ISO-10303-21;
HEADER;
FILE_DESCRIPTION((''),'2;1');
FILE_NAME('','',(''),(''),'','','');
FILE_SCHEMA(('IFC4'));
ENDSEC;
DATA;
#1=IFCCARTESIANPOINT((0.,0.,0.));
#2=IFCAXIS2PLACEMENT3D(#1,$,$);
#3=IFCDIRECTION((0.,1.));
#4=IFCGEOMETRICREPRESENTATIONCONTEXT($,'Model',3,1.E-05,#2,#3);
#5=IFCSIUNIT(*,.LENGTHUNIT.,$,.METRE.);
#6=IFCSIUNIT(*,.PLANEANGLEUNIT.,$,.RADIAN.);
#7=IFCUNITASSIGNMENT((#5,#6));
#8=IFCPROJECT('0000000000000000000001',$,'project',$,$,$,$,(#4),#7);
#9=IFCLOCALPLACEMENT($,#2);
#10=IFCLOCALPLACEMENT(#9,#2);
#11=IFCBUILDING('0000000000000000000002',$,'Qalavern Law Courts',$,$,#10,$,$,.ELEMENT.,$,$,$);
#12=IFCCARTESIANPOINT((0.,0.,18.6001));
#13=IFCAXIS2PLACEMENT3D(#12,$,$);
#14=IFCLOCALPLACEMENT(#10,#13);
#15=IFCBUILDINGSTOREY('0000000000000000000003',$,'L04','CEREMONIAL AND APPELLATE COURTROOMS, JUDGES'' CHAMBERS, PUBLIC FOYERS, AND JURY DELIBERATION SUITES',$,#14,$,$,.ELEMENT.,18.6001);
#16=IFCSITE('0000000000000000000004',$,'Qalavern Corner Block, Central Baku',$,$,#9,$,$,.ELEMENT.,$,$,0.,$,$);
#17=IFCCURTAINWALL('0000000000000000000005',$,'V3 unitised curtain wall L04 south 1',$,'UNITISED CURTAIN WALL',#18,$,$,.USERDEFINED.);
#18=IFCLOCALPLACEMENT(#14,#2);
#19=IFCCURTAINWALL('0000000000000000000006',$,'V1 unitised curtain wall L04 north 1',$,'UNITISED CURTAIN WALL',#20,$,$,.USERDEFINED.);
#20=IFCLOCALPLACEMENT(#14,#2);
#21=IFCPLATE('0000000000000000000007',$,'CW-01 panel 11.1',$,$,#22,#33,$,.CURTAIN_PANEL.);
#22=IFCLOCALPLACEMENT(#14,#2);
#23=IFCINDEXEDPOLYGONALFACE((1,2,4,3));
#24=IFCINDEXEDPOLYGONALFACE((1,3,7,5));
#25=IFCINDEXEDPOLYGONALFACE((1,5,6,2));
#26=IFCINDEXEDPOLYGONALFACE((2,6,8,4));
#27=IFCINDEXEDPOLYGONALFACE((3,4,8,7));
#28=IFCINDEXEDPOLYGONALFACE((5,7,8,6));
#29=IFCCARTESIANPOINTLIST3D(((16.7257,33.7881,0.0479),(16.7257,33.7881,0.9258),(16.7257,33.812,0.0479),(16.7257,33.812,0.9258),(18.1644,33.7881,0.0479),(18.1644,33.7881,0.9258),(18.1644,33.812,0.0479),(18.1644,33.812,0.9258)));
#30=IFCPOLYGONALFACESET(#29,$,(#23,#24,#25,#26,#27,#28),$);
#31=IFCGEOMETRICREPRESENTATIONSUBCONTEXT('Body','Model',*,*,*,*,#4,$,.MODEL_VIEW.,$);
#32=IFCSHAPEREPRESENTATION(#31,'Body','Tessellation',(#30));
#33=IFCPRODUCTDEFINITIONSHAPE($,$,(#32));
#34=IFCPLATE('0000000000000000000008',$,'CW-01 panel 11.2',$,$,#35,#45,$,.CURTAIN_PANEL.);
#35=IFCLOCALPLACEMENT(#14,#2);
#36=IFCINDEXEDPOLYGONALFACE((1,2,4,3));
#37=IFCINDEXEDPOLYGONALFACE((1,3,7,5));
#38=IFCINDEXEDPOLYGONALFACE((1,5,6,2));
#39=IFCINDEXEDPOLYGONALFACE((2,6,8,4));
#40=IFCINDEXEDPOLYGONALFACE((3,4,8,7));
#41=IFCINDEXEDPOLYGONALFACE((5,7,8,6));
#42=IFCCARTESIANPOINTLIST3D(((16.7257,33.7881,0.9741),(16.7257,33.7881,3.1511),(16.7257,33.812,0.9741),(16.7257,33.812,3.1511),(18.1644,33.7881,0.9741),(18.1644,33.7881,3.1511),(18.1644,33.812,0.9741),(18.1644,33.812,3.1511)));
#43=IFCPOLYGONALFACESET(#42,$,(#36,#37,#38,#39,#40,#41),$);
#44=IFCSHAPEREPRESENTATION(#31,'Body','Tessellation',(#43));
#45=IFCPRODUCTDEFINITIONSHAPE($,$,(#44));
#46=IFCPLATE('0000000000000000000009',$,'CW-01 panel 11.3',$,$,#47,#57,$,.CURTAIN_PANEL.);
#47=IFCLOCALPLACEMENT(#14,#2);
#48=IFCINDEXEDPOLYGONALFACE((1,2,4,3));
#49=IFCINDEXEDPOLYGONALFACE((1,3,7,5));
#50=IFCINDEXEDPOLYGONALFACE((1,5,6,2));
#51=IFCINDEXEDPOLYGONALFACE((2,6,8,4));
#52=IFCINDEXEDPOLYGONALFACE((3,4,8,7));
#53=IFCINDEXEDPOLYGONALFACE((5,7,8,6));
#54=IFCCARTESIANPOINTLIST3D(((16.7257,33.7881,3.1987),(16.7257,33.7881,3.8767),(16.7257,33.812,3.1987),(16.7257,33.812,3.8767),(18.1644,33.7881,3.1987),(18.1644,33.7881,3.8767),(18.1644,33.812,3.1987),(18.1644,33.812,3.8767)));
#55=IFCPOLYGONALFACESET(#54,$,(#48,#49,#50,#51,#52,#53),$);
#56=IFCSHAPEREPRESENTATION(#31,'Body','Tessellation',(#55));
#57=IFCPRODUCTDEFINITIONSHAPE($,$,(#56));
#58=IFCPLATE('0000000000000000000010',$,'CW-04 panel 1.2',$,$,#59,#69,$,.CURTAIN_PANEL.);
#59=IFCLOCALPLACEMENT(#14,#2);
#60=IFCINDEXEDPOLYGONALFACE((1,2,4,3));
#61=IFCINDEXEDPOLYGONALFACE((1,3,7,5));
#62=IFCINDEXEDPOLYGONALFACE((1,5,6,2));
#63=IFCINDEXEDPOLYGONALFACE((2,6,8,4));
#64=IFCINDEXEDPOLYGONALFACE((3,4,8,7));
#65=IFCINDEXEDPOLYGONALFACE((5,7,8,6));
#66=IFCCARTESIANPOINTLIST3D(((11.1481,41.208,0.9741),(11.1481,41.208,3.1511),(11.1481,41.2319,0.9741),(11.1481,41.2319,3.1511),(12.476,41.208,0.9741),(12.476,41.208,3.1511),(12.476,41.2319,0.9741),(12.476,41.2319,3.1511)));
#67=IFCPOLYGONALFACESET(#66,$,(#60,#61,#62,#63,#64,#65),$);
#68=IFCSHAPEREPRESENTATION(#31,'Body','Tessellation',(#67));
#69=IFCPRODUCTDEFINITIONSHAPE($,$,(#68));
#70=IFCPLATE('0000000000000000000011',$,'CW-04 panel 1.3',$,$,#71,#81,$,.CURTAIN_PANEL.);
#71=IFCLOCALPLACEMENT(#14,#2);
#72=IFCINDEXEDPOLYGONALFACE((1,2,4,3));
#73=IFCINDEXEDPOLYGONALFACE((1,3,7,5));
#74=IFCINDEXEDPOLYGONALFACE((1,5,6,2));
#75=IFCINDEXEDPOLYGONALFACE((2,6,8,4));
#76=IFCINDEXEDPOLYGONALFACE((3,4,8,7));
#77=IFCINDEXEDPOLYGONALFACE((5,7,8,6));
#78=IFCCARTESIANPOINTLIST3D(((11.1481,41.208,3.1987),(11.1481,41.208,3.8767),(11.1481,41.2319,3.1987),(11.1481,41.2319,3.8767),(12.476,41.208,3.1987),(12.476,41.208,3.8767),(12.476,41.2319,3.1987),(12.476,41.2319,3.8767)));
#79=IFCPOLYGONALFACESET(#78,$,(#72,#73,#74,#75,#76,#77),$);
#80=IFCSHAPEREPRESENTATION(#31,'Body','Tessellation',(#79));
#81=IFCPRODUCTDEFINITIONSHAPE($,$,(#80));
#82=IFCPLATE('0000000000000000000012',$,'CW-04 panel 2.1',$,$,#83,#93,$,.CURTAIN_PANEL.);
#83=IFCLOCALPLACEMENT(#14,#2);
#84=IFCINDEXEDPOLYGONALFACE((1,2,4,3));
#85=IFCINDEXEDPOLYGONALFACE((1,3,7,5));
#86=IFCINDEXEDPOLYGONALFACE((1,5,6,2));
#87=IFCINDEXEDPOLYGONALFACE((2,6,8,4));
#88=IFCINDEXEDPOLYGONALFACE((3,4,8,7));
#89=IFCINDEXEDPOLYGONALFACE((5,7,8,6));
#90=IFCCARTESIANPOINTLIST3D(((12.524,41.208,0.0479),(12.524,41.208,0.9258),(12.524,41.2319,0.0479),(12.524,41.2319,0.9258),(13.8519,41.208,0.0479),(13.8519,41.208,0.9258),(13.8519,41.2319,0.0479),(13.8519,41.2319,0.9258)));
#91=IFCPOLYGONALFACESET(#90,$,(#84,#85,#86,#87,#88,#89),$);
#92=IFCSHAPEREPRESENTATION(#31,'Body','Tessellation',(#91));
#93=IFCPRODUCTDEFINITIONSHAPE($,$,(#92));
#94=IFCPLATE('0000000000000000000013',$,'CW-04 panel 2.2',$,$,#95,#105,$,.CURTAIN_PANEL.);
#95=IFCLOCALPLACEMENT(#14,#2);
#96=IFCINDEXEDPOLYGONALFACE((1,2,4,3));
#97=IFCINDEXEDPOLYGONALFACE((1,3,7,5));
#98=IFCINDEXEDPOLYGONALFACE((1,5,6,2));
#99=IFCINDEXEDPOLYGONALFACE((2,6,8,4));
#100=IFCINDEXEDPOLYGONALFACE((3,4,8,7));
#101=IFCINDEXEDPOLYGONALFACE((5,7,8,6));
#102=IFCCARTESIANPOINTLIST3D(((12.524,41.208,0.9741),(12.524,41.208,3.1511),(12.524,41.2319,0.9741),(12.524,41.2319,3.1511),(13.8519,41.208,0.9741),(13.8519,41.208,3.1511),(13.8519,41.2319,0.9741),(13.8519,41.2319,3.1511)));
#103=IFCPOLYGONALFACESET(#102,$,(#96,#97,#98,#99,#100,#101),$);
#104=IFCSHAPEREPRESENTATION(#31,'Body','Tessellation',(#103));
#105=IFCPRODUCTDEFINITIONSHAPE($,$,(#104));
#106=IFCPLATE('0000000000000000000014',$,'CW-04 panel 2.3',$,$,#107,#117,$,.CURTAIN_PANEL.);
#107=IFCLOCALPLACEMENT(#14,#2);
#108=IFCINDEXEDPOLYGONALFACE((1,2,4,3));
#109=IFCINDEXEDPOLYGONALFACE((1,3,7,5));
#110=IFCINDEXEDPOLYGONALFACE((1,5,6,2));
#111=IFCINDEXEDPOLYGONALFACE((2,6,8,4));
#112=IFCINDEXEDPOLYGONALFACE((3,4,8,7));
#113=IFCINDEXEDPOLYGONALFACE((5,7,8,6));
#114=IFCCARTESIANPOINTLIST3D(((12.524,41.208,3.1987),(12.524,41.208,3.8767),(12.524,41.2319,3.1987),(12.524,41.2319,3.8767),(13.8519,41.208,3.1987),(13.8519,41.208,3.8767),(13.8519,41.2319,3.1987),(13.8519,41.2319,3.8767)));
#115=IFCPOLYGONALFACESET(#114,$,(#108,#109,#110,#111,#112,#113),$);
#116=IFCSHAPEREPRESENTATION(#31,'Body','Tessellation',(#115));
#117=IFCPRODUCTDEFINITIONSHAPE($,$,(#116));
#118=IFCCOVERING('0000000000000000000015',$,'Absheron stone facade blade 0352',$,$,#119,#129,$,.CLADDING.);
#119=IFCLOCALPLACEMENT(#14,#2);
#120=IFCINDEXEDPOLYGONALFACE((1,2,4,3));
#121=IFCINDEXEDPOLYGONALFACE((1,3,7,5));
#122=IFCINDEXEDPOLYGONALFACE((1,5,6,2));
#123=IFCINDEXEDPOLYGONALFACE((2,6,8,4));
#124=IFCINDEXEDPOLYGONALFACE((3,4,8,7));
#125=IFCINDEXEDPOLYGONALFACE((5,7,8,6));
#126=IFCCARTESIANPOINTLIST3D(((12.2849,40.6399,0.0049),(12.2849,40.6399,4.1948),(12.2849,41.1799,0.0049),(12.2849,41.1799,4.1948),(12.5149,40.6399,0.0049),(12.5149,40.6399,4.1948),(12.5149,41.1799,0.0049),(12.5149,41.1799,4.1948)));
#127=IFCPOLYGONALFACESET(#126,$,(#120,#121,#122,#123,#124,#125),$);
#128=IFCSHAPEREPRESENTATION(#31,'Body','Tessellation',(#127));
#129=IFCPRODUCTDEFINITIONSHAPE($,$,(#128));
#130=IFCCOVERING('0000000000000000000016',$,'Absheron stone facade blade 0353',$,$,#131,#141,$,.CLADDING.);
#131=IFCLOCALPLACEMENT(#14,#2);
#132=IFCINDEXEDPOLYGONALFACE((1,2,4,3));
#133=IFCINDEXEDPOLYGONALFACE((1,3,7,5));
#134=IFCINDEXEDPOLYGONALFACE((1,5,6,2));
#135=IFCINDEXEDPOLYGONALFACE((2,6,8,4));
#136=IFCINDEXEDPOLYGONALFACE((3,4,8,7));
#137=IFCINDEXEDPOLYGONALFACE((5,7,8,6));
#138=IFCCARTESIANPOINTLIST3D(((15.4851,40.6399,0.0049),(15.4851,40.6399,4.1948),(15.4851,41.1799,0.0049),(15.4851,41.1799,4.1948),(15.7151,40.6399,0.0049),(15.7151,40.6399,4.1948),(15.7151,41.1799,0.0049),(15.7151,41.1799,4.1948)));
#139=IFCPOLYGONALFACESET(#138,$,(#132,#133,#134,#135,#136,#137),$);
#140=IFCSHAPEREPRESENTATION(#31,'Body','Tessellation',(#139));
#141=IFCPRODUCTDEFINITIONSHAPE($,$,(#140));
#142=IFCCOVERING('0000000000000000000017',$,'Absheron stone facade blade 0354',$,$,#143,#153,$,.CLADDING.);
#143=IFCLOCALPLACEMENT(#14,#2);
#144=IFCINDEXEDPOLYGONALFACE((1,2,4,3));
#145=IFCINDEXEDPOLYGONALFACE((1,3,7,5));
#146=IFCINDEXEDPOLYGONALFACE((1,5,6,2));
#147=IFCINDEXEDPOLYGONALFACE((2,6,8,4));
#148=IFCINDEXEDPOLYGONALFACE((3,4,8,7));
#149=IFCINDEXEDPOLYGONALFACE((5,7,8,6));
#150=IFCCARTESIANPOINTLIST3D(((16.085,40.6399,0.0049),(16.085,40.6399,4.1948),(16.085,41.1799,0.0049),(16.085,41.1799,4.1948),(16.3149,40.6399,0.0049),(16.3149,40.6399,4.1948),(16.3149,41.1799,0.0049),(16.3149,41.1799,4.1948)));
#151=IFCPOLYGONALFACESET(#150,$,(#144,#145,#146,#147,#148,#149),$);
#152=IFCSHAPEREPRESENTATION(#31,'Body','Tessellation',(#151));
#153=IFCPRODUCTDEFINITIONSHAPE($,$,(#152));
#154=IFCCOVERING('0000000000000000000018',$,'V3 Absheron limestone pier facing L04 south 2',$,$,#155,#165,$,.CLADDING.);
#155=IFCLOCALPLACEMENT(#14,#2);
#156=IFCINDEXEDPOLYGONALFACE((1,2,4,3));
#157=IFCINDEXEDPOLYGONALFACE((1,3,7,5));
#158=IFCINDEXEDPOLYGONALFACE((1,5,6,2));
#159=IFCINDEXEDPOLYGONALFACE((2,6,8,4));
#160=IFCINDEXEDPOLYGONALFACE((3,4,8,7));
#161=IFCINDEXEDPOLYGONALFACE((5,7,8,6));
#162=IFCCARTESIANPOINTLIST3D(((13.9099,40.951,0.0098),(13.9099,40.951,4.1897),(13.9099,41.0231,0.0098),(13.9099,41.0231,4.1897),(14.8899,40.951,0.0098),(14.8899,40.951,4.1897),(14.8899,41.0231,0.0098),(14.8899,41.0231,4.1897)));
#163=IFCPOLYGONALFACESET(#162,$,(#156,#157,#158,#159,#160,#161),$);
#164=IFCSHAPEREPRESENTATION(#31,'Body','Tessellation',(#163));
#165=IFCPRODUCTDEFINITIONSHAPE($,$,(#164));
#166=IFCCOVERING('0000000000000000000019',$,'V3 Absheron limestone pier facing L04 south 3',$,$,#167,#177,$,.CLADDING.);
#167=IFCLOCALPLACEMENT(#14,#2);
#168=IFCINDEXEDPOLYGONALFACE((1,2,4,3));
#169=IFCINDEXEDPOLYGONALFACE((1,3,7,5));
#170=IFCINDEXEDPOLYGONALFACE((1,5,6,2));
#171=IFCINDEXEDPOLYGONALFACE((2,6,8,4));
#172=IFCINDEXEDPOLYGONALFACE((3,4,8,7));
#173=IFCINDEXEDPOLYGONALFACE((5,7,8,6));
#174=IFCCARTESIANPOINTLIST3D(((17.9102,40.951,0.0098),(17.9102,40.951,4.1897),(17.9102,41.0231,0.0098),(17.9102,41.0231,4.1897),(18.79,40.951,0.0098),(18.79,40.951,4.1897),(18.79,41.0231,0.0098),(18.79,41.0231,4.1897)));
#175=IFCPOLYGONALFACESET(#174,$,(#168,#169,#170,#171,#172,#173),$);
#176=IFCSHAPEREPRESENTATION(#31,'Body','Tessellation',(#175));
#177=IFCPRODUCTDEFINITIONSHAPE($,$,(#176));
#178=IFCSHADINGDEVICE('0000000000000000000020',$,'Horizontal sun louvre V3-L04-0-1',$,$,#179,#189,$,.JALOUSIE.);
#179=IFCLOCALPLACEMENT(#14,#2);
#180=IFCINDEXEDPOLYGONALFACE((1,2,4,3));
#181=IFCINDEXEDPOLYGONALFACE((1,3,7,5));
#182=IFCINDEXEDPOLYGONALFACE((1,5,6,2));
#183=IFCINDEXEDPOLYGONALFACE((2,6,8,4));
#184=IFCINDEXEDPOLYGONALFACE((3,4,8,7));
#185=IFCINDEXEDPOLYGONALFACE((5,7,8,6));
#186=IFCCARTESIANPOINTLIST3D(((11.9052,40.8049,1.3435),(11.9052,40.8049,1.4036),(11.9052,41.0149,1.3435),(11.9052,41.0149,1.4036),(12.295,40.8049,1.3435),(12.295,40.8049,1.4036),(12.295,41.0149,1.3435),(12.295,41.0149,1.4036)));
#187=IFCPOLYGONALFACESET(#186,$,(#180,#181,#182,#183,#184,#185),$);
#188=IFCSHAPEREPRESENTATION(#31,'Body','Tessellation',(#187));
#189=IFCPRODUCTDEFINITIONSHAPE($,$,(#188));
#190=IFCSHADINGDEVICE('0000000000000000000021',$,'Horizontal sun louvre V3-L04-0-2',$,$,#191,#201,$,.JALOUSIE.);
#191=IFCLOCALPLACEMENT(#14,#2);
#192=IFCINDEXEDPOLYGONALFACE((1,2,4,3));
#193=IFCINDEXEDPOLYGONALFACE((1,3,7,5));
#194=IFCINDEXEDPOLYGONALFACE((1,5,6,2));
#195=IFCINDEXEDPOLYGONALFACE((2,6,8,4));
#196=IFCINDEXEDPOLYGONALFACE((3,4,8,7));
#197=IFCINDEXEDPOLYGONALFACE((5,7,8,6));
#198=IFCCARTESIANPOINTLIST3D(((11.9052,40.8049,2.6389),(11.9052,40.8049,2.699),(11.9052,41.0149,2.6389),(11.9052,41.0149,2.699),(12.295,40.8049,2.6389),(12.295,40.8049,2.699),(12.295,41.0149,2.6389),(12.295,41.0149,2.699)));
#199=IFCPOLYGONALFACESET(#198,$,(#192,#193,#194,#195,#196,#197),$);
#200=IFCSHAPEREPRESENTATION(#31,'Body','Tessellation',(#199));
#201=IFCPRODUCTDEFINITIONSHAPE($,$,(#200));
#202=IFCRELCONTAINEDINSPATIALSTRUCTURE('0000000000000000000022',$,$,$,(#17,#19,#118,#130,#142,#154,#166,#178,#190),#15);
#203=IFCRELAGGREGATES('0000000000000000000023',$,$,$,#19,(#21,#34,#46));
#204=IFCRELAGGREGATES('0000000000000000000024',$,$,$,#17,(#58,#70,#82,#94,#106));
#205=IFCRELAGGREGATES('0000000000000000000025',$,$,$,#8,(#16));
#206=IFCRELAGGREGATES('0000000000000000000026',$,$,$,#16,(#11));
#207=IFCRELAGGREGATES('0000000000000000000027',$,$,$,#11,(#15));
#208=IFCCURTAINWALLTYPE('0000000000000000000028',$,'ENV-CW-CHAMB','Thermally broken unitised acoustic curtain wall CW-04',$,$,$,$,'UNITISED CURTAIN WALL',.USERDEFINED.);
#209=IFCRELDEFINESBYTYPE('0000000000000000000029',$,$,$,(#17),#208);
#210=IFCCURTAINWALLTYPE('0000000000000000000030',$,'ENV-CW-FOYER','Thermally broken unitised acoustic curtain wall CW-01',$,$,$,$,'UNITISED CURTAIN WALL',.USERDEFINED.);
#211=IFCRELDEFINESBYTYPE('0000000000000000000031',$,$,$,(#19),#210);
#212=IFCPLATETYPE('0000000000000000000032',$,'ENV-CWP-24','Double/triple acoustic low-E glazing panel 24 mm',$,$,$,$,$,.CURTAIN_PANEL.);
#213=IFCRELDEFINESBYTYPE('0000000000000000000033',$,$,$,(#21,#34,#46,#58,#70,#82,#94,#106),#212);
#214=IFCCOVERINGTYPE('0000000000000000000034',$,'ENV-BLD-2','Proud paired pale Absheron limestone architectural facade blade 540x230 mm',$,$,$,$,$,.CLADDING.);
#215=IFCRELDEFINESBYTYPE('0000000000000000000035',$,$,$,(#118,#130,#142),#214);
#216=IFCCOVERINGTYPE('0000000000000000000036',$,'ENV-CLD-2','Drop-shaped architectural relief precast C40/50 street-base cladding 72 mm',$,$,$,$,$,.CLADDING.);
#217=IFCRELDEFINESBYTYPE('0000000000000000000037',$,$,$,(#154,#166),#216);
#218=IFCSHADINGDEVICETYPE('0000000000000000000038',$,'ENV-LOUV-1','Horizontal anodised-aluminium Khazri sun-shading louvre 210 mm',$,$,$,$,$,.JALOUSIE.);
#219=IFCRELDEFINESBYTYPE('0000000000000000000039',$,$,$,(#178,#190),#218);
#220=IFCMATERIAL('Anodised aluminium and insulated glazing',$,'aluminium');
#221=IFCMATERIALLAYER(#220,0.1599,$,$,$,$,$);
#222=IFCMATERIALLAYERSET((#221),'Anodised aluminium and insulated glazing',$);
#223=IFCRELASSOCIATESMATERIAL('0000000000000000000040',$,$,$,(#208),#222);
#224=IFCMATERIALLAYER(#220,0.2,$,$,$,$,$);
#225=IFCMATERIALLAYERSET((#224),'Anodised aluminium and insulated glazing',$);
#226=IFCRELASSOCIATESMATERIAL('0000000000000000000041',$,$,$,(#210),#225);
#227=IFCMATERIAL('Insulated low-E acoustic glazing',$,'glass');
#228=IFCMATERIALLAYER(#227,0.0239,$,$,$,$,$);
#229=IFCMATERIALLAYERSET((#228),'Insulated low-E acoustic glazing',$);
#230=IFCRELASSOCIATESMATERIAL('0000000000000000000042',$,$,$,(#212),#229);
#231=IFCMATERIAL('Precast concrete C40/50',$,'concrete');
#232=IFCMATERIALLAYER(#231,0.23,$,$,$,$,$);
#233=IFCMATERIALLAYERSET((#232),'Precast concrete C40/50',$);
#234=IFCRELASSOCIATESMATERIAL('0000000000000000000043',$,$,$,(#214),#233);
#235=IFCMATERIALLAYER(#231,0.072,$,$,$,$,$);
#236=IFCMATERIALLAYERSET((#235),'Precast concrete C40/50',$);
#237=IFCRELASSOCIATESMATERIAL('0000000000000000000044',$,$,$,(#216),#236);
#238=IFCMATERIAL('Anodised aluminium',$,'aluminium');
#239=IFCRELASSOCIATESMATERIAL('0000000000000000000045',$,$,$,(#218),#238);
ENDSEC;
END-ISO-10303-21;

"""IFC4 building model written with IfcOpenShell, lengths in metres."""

from ifc_helpers import new_model, si_unit, direction, frame, origin, origin_2d, place, context, subcontext, project, spatial, rectangle, extrude, material, layer, layer_set, type_object, element, aggregate, save


model = new_model("IFC4")

# Units and contexts
model_context = context("Model", 3, precision=1e-05, world=origin(), true_north=direction((0.0, 1.0)))
body_context = subcontext(model_context, "Body", "Model", "MODEL_VIEW")
ifc_project = project(units=[si_unit("LENGTHUNIT", "METRE"), si_unit("PLANEANGLEUNIT", "RADIAN")], contexts=[model_context])

# Site, building, storey
site_placement = place(None, origin())
site = spatial("IfcSite", under=ifc_project, at=site_placement, Name="Qalavern Corner Block, Central Baku", CompositionType="ELEMENT", RefElevation=0.0)
building_placement = place(site_placement, origin())
building = spatial("IfcBuilding", under=site, at=building_placement, Name="Qalavern Law Courts", CompositionType="ELEMENT")
storey_placement = place(building_placement, frame((0.0, 0.0, 18.6001)))
storey = spatial("IfcBuildingStorey", under=building, at=storey_placement, Name="L04", Description="CEREMONIAL AND APPELLATE COURTROOMS, JUDGES' CHAMBERS, PUBLIC FOYERS, AND JURY DELIBERATION SUITES", CompositionType="ELEMENT", Elevation=18.6001)

# Curtain walls
ifc_material_1 = material(Name="Anodised aluminium and insulated glazing", Category="aluminium")
ifc_layer_1 = layer(ifc_material_1, 0.1599)
ifc_layer_set_1 = layer_set([ifc_layer_1], Name="Anodised aluminium and insulated glazing")
curtain_wall_type_1 = type_object("IfcCurtainWallType", Name="ENV-CW-CHAMB", Description="Thermally broken unitised acoustic curtain wall CW-04", ElementType="UNITISED CURTAIN WALL", PredefinedType="USERDEFINED", material=ifc_layer_set_1)
curtain_wall_1_placement = place(storey_placement, origin())
curtain_wall_1 = element("IfcCurtainWall", 1, at=curtain_wall_1_placement, inside=storey, type_object=curtain_wall_type_1, Name="V3 unitised curtain wall L04 south 1", ObjectType="UNITISED CURTAIN WALL", PredefinedType="USERDEFINED")
ifc_material_2 = material(Name="Anodised aluminium", Category="aluminium")
ifc_layer_2 = layer(ifc_material_1, 0.2)
ifc_layer_set_2 = layer_set([ifc_layer_2], Name="Anodised aluminium and insulated glazing")
curtain_wall_type_2 = type_object("IfcCurtainWallType", Name="ENV-CW-FOYER", Description="Thermally broken unitised acoustic curtain wall CW-01", ElementType="UNITISED CURTAIN WALL", PredefinedType="USERDEFINED", material=ifc_layer_set_2)
curtain_wall_2_placement = place(storey_placement, origin())
curtain_wall_2 = element("IfcCurtainWall", 2, at=curtain_wall_2_placement, inside=storey, type_object=curtain_wall_type_2, Name="V1 unitised curtain wall L04 north 1", ObjectType="UNITISED CURTAIN WALL", PredefinedType="USERDEFINED")

# Plates
ifc_material_3 = material(Name="Insulated low-E acoustic glazing", Category="glass")
ifc_layer_3 = layer(ifc_material_3, 0.0239)
ifc_layer_set_3 = layer_set([ifc_layer_3], Name="Insulated low-E acoustic glazing")
plate_type = type_object("IfcPlateType", Name="ENV-CWP-24", Description="Double/triple acoustic low-E glazing panel 24 mm", PredefinedType="CURTAIN_PANEL", material=ifc_layer_set_3)
plate_1_placement = place(storey_placement, frame((17.4451, 33.8, 0.0479), z_axis=(0.0, 0.0, 1.0), x_axis=(-1.0, 0.0, 0.0)))
plate_1 = element("IfcPlate", 3, at=plate_1_placement, type_object=plate_type, Name="CW-01 panel 11.1", PredefinedType="CURTAIN_PANEL", context=body_context, shape_type="SweptSolid", body=[
    extrude(rectangle(XDim=1.4387, YDim=0.0239, at=origin_2d()), origin(), (0.0, 0.0, 1.0), 0.8779),
])
plate_2_placement = place(storey_placement, frame((17.4451, 33.8, 0.9741), z_axis=(0.0, 0.0, 1.0), x_axis=(-1.0, 0.0, 0.0)))
plate_2 = element("IfcPlate", 4, at=plate_2_placement, type_object=plate_type, Name="CW-01 panel 11.2", PredefinedType="CURTAIN_PANEL", context=body_context, shape_type="SweptSolid", body=[
    extrude(rectangle(XDim=1.4387, YDim=0.0239, at=origin_2d()), origin(), (0.0, 0.0, 1.0), 2.177),
])
plate_3_placement = place(storey_placement, frame((17.4451, 33.8, 3.1987), z_axis=(0.0, 0.0, 1.0), x_axis=(-1.0, 0.0, 0.0)))
plate_3 = element("IfcPlate", 5, at=plate_3_placement, type_object=plate_type, Name="CW-01 panel 11.3", PredefinedType="CURTAIN_PANEL", context=body_context, shape_type="SweptSolid", body=[
    extrude(rectangle(XDim=1.4387, YDim=0.0239, at=origin_2d()), origin(), (0.0, 0.0, 1.0), 0.678),
])
aggregate(curtain_wall_2, [plate_1, plate_2, plate_3])
plate_4_placement = place(storey_placement, frame((11.812, 41.22, 0.9741), z_axis=(0.0, 0.0, 1.0), x_axis=(1.0, 0.0, 0.0)))
plate_4 = element("IfcPlate", 6, at=plate_4_placement, type_object=plate_type, Name="CW-04 panel 1.2", PredefinedType="CURTAIN_PANEL", context=body_context, shape_type="SweptSolid", body=[
    extrude(rectangle(XDim=1.3279, YDim=0.0239, at=origin_2d()), origin(), (0.0, 0.0, 1.0), 2.177),
])
plate_5_placement = place(storey_placement, frame((11.812, 41.22, 3.1987), z_axis=(0.0, 0.0, 1.0), x_axis=(1.0, 0.0, 0.0)))
plate_5 = element("IfcPlate", 7, at=plate_5_placement, type_object=plate_type, Name="CW-04 panel 1.3", PredefinedType="CURTAIN_PANEL", context=body_context, shape_type="SweptSolid", body=[
    extrude(rectangle(XDim=1.3279, YDim=0.0239, at=origin_2d()), origin(), (0.0, 0.0, 1.0), 0.678),
])
plate_6_placement = place(storey_placement, frame((13.188, 41.22, 0.0479), z_axis=(0.0, 0.0, 1.0), x_axis=(1.0, 0.0, 0.0)))
plate_6 = element("IfcPlate", 8, at=plate_6_placement, type_object=plate_type, Name="CW-04 panel 2.1", PredefinedType="CURTAIN_PANEL", context=body_context, shape_type="SweptSolid", body=[
    extrude(rectangle(XDim=1.3279, YDim=0.0239, at=origin_2d()), origin(), (0.0, 0.0, 1.0), 0.8779),
])
plate_7_placement = place(storey_placement, frame((13.188, 41.22, 0.9741), z_axis=(0.0, 0.0, 1.0), x_axis=(1.0, 0.0, 0.0)))
plate_7 = element("IfcPlate", 9, at=plate_7_placement, type_object=plate_type, Name="CW-04 panel 2.2", PredefinedType="CURTAIN_PANEL", context=body_context, shape_type="SweptSolid", body=[
    extrude(rectangle(XDim=1.3279, YDim=0.0239, at=origin_2d()), origin(), (0.0, 0.0, 1.0), 2.177),
])
plate_8_placement = place(storey_placement, frame((13.188, 41.22, 3.1987), z_axis=(0.0, 0.0, 1.0), x_axis=(1.0, 0.0, 0.0)))
plate_8 = element("IfcPlate", 10, at=plate_8_placement, type_object=plate_type, Name="CW-04 panel 2.3", PredefinedType="CURTAIN_PANEL", context=body_context, shape_type="SweptSolid", body=[
    extrude(rectangle(XDim=1.3279, YDim=0.0239, at=origin_2d()), origin(), (0.0, 0.0, 1.0), 0.678),
])
aggregate(curtain_wall_1, [plate_4, plate_5, plate_6, plate_7, plate_8])

# Coverings
ifc_material_4 = material(Name="Precast concrete C40/50", Category="concrete")
ifc_layer_4 = layer(ifc_material_4, 0.23)
ifc_layer_set_4 = layer_set([ifc_layer_4], Name="Precast concrete C40/50")
covering_type_1 = type_object("IfcCoveringType", Name="ENV-BLD-2", Description="Proud paired pale Absheron limestone architectural facade blade 540x230 mm", PredefinedType="CLADDING", material=ifc_layer_set_4)
for number, where, z_axis, x_axis, name in (
    (11, (12.3999, 40.9099, 0.0049), (0.0, 0.0, 1.0), (0.0, -1.0, 0.0), "Absheron stone facade blade 0352"),
    (12, (15.6001, 40.9099, 0.0049), (0.0, 0.0, 1.0), (0.0, -1.0, 0.0), "Absheron stone facade blade 0353"),
    (13, (16.2, 40.9099, 0.0049), (0.0, 0.0, 1.0), (0.0, -1.0, 0.0), "Absheron stone facade blade 0354"),
):
    element("IfcCovering", number, at=place(storey_placement, frame(where, z_axis=z_axis, x_axis=x_axis)), inside=storey, type_object=covering_type_1, Name=name, PredefinedType="CLADDING", context=body_context, shape_type="SweptSolid", body=[
        extrude(rectangle(XDim=0.54, YDim=0.23, at=origin_2d()), origin(), (0.0, 0.0, 1.0), 4.1899),
    ])
ifc_layer_5 = layer(ifc_material_4, 0.072)
ifc_layer_set_5 = layer_set([ifc_layer_5], Name="Precast concrete C40/50")
covering_type_2 = type_object("IfcCoveringType", Name="ENV-CLD-2", Description="Drop-shaped architectural relief precast C40/50 street-base cladding 72 mm", PredefinedType="CLADDING", material=ifc_layer_set_5)
covering_1_placement = place(storey_placement, frame((14.3999, 40.9871, 0.0098), z_axis=(0.0, 0.0, 1.0), x_axis=(1.0, 0.0, 0.0)))
element("IfcCovering", 14, at=covering_1_placement, inside=storey, type_object=covering_type_2, Name="V3 Absheron limestone pier facing L04 south 2", PredefinedType="CLADDING", context=body_context, shape_type="SweptSolid", body=[
    extrude(rectangle(XDim=0.98, YDim=0.072, at=origin_2d()), origin(), (0.0, 0.0, 1.0), 4.1799),
])
covering_2_placement = place(storey_placement, frame((18.3501, 40.9871, 0.0098), z_axis=(0.0, 0.0, 1.0), x_axis=(1.0, 0.0, 0.0)))
element("IfcCovering", 15, at=covering_2_placement, inside=storey, type_object=covering_type_2, Name="V3 Absheron limestone pier facing L04 south 3", PredefinedType="CLADDING", context=body_context, shape_type="SweptSolid", body=[
    extrude(rectangle(XDim=0.8799, YDim=0.072, at=origin_2d()), origin(), (0.0, 0.0, 1.0), 4.1799),
])

# Shading devices
shading_device_type_1 = type_object("IfcShadingDeviceType", Name="ENV-LOUV-1", Description="Horizontal anodised-aluminium Khazri sun-shading louvre 210 mm", PredefinedType="JALOUSIE", material=ifc_material_2)
for number, where, z_axis, x_axis, name in (
    (16, (12.1001, 40.9099, 1.3435), (0.0, 0.0, 1.0), (1.0, 0.0, 0.0), "Horizontal sun louvre V3-L04-0-1"),
    (17, (12.1001, 40.9099, 2.6389), (0.0, 0.0, 1.0), (1.0, 0.0, 0.0), "Horizontal sun louvre V3-L04-0-2"),
):
    element("IfcShadingDevice", number, at=place(storey_placement, frame(where, z_axis=z_axis, x_axis=x_axis)), inside=storey, type_object=shading_device_type_1, Name=name, PredefinedType="JALOUSIE", context=body_context, shape_type="SweptSolid", body=[
        extrude(rectangle(XDim=0.3899, YDim=0.21, at=origin_2d()), origin(), (0.0, 0.0, 1.0), 0.0601),
    ])

save(model, "model.ifc")
